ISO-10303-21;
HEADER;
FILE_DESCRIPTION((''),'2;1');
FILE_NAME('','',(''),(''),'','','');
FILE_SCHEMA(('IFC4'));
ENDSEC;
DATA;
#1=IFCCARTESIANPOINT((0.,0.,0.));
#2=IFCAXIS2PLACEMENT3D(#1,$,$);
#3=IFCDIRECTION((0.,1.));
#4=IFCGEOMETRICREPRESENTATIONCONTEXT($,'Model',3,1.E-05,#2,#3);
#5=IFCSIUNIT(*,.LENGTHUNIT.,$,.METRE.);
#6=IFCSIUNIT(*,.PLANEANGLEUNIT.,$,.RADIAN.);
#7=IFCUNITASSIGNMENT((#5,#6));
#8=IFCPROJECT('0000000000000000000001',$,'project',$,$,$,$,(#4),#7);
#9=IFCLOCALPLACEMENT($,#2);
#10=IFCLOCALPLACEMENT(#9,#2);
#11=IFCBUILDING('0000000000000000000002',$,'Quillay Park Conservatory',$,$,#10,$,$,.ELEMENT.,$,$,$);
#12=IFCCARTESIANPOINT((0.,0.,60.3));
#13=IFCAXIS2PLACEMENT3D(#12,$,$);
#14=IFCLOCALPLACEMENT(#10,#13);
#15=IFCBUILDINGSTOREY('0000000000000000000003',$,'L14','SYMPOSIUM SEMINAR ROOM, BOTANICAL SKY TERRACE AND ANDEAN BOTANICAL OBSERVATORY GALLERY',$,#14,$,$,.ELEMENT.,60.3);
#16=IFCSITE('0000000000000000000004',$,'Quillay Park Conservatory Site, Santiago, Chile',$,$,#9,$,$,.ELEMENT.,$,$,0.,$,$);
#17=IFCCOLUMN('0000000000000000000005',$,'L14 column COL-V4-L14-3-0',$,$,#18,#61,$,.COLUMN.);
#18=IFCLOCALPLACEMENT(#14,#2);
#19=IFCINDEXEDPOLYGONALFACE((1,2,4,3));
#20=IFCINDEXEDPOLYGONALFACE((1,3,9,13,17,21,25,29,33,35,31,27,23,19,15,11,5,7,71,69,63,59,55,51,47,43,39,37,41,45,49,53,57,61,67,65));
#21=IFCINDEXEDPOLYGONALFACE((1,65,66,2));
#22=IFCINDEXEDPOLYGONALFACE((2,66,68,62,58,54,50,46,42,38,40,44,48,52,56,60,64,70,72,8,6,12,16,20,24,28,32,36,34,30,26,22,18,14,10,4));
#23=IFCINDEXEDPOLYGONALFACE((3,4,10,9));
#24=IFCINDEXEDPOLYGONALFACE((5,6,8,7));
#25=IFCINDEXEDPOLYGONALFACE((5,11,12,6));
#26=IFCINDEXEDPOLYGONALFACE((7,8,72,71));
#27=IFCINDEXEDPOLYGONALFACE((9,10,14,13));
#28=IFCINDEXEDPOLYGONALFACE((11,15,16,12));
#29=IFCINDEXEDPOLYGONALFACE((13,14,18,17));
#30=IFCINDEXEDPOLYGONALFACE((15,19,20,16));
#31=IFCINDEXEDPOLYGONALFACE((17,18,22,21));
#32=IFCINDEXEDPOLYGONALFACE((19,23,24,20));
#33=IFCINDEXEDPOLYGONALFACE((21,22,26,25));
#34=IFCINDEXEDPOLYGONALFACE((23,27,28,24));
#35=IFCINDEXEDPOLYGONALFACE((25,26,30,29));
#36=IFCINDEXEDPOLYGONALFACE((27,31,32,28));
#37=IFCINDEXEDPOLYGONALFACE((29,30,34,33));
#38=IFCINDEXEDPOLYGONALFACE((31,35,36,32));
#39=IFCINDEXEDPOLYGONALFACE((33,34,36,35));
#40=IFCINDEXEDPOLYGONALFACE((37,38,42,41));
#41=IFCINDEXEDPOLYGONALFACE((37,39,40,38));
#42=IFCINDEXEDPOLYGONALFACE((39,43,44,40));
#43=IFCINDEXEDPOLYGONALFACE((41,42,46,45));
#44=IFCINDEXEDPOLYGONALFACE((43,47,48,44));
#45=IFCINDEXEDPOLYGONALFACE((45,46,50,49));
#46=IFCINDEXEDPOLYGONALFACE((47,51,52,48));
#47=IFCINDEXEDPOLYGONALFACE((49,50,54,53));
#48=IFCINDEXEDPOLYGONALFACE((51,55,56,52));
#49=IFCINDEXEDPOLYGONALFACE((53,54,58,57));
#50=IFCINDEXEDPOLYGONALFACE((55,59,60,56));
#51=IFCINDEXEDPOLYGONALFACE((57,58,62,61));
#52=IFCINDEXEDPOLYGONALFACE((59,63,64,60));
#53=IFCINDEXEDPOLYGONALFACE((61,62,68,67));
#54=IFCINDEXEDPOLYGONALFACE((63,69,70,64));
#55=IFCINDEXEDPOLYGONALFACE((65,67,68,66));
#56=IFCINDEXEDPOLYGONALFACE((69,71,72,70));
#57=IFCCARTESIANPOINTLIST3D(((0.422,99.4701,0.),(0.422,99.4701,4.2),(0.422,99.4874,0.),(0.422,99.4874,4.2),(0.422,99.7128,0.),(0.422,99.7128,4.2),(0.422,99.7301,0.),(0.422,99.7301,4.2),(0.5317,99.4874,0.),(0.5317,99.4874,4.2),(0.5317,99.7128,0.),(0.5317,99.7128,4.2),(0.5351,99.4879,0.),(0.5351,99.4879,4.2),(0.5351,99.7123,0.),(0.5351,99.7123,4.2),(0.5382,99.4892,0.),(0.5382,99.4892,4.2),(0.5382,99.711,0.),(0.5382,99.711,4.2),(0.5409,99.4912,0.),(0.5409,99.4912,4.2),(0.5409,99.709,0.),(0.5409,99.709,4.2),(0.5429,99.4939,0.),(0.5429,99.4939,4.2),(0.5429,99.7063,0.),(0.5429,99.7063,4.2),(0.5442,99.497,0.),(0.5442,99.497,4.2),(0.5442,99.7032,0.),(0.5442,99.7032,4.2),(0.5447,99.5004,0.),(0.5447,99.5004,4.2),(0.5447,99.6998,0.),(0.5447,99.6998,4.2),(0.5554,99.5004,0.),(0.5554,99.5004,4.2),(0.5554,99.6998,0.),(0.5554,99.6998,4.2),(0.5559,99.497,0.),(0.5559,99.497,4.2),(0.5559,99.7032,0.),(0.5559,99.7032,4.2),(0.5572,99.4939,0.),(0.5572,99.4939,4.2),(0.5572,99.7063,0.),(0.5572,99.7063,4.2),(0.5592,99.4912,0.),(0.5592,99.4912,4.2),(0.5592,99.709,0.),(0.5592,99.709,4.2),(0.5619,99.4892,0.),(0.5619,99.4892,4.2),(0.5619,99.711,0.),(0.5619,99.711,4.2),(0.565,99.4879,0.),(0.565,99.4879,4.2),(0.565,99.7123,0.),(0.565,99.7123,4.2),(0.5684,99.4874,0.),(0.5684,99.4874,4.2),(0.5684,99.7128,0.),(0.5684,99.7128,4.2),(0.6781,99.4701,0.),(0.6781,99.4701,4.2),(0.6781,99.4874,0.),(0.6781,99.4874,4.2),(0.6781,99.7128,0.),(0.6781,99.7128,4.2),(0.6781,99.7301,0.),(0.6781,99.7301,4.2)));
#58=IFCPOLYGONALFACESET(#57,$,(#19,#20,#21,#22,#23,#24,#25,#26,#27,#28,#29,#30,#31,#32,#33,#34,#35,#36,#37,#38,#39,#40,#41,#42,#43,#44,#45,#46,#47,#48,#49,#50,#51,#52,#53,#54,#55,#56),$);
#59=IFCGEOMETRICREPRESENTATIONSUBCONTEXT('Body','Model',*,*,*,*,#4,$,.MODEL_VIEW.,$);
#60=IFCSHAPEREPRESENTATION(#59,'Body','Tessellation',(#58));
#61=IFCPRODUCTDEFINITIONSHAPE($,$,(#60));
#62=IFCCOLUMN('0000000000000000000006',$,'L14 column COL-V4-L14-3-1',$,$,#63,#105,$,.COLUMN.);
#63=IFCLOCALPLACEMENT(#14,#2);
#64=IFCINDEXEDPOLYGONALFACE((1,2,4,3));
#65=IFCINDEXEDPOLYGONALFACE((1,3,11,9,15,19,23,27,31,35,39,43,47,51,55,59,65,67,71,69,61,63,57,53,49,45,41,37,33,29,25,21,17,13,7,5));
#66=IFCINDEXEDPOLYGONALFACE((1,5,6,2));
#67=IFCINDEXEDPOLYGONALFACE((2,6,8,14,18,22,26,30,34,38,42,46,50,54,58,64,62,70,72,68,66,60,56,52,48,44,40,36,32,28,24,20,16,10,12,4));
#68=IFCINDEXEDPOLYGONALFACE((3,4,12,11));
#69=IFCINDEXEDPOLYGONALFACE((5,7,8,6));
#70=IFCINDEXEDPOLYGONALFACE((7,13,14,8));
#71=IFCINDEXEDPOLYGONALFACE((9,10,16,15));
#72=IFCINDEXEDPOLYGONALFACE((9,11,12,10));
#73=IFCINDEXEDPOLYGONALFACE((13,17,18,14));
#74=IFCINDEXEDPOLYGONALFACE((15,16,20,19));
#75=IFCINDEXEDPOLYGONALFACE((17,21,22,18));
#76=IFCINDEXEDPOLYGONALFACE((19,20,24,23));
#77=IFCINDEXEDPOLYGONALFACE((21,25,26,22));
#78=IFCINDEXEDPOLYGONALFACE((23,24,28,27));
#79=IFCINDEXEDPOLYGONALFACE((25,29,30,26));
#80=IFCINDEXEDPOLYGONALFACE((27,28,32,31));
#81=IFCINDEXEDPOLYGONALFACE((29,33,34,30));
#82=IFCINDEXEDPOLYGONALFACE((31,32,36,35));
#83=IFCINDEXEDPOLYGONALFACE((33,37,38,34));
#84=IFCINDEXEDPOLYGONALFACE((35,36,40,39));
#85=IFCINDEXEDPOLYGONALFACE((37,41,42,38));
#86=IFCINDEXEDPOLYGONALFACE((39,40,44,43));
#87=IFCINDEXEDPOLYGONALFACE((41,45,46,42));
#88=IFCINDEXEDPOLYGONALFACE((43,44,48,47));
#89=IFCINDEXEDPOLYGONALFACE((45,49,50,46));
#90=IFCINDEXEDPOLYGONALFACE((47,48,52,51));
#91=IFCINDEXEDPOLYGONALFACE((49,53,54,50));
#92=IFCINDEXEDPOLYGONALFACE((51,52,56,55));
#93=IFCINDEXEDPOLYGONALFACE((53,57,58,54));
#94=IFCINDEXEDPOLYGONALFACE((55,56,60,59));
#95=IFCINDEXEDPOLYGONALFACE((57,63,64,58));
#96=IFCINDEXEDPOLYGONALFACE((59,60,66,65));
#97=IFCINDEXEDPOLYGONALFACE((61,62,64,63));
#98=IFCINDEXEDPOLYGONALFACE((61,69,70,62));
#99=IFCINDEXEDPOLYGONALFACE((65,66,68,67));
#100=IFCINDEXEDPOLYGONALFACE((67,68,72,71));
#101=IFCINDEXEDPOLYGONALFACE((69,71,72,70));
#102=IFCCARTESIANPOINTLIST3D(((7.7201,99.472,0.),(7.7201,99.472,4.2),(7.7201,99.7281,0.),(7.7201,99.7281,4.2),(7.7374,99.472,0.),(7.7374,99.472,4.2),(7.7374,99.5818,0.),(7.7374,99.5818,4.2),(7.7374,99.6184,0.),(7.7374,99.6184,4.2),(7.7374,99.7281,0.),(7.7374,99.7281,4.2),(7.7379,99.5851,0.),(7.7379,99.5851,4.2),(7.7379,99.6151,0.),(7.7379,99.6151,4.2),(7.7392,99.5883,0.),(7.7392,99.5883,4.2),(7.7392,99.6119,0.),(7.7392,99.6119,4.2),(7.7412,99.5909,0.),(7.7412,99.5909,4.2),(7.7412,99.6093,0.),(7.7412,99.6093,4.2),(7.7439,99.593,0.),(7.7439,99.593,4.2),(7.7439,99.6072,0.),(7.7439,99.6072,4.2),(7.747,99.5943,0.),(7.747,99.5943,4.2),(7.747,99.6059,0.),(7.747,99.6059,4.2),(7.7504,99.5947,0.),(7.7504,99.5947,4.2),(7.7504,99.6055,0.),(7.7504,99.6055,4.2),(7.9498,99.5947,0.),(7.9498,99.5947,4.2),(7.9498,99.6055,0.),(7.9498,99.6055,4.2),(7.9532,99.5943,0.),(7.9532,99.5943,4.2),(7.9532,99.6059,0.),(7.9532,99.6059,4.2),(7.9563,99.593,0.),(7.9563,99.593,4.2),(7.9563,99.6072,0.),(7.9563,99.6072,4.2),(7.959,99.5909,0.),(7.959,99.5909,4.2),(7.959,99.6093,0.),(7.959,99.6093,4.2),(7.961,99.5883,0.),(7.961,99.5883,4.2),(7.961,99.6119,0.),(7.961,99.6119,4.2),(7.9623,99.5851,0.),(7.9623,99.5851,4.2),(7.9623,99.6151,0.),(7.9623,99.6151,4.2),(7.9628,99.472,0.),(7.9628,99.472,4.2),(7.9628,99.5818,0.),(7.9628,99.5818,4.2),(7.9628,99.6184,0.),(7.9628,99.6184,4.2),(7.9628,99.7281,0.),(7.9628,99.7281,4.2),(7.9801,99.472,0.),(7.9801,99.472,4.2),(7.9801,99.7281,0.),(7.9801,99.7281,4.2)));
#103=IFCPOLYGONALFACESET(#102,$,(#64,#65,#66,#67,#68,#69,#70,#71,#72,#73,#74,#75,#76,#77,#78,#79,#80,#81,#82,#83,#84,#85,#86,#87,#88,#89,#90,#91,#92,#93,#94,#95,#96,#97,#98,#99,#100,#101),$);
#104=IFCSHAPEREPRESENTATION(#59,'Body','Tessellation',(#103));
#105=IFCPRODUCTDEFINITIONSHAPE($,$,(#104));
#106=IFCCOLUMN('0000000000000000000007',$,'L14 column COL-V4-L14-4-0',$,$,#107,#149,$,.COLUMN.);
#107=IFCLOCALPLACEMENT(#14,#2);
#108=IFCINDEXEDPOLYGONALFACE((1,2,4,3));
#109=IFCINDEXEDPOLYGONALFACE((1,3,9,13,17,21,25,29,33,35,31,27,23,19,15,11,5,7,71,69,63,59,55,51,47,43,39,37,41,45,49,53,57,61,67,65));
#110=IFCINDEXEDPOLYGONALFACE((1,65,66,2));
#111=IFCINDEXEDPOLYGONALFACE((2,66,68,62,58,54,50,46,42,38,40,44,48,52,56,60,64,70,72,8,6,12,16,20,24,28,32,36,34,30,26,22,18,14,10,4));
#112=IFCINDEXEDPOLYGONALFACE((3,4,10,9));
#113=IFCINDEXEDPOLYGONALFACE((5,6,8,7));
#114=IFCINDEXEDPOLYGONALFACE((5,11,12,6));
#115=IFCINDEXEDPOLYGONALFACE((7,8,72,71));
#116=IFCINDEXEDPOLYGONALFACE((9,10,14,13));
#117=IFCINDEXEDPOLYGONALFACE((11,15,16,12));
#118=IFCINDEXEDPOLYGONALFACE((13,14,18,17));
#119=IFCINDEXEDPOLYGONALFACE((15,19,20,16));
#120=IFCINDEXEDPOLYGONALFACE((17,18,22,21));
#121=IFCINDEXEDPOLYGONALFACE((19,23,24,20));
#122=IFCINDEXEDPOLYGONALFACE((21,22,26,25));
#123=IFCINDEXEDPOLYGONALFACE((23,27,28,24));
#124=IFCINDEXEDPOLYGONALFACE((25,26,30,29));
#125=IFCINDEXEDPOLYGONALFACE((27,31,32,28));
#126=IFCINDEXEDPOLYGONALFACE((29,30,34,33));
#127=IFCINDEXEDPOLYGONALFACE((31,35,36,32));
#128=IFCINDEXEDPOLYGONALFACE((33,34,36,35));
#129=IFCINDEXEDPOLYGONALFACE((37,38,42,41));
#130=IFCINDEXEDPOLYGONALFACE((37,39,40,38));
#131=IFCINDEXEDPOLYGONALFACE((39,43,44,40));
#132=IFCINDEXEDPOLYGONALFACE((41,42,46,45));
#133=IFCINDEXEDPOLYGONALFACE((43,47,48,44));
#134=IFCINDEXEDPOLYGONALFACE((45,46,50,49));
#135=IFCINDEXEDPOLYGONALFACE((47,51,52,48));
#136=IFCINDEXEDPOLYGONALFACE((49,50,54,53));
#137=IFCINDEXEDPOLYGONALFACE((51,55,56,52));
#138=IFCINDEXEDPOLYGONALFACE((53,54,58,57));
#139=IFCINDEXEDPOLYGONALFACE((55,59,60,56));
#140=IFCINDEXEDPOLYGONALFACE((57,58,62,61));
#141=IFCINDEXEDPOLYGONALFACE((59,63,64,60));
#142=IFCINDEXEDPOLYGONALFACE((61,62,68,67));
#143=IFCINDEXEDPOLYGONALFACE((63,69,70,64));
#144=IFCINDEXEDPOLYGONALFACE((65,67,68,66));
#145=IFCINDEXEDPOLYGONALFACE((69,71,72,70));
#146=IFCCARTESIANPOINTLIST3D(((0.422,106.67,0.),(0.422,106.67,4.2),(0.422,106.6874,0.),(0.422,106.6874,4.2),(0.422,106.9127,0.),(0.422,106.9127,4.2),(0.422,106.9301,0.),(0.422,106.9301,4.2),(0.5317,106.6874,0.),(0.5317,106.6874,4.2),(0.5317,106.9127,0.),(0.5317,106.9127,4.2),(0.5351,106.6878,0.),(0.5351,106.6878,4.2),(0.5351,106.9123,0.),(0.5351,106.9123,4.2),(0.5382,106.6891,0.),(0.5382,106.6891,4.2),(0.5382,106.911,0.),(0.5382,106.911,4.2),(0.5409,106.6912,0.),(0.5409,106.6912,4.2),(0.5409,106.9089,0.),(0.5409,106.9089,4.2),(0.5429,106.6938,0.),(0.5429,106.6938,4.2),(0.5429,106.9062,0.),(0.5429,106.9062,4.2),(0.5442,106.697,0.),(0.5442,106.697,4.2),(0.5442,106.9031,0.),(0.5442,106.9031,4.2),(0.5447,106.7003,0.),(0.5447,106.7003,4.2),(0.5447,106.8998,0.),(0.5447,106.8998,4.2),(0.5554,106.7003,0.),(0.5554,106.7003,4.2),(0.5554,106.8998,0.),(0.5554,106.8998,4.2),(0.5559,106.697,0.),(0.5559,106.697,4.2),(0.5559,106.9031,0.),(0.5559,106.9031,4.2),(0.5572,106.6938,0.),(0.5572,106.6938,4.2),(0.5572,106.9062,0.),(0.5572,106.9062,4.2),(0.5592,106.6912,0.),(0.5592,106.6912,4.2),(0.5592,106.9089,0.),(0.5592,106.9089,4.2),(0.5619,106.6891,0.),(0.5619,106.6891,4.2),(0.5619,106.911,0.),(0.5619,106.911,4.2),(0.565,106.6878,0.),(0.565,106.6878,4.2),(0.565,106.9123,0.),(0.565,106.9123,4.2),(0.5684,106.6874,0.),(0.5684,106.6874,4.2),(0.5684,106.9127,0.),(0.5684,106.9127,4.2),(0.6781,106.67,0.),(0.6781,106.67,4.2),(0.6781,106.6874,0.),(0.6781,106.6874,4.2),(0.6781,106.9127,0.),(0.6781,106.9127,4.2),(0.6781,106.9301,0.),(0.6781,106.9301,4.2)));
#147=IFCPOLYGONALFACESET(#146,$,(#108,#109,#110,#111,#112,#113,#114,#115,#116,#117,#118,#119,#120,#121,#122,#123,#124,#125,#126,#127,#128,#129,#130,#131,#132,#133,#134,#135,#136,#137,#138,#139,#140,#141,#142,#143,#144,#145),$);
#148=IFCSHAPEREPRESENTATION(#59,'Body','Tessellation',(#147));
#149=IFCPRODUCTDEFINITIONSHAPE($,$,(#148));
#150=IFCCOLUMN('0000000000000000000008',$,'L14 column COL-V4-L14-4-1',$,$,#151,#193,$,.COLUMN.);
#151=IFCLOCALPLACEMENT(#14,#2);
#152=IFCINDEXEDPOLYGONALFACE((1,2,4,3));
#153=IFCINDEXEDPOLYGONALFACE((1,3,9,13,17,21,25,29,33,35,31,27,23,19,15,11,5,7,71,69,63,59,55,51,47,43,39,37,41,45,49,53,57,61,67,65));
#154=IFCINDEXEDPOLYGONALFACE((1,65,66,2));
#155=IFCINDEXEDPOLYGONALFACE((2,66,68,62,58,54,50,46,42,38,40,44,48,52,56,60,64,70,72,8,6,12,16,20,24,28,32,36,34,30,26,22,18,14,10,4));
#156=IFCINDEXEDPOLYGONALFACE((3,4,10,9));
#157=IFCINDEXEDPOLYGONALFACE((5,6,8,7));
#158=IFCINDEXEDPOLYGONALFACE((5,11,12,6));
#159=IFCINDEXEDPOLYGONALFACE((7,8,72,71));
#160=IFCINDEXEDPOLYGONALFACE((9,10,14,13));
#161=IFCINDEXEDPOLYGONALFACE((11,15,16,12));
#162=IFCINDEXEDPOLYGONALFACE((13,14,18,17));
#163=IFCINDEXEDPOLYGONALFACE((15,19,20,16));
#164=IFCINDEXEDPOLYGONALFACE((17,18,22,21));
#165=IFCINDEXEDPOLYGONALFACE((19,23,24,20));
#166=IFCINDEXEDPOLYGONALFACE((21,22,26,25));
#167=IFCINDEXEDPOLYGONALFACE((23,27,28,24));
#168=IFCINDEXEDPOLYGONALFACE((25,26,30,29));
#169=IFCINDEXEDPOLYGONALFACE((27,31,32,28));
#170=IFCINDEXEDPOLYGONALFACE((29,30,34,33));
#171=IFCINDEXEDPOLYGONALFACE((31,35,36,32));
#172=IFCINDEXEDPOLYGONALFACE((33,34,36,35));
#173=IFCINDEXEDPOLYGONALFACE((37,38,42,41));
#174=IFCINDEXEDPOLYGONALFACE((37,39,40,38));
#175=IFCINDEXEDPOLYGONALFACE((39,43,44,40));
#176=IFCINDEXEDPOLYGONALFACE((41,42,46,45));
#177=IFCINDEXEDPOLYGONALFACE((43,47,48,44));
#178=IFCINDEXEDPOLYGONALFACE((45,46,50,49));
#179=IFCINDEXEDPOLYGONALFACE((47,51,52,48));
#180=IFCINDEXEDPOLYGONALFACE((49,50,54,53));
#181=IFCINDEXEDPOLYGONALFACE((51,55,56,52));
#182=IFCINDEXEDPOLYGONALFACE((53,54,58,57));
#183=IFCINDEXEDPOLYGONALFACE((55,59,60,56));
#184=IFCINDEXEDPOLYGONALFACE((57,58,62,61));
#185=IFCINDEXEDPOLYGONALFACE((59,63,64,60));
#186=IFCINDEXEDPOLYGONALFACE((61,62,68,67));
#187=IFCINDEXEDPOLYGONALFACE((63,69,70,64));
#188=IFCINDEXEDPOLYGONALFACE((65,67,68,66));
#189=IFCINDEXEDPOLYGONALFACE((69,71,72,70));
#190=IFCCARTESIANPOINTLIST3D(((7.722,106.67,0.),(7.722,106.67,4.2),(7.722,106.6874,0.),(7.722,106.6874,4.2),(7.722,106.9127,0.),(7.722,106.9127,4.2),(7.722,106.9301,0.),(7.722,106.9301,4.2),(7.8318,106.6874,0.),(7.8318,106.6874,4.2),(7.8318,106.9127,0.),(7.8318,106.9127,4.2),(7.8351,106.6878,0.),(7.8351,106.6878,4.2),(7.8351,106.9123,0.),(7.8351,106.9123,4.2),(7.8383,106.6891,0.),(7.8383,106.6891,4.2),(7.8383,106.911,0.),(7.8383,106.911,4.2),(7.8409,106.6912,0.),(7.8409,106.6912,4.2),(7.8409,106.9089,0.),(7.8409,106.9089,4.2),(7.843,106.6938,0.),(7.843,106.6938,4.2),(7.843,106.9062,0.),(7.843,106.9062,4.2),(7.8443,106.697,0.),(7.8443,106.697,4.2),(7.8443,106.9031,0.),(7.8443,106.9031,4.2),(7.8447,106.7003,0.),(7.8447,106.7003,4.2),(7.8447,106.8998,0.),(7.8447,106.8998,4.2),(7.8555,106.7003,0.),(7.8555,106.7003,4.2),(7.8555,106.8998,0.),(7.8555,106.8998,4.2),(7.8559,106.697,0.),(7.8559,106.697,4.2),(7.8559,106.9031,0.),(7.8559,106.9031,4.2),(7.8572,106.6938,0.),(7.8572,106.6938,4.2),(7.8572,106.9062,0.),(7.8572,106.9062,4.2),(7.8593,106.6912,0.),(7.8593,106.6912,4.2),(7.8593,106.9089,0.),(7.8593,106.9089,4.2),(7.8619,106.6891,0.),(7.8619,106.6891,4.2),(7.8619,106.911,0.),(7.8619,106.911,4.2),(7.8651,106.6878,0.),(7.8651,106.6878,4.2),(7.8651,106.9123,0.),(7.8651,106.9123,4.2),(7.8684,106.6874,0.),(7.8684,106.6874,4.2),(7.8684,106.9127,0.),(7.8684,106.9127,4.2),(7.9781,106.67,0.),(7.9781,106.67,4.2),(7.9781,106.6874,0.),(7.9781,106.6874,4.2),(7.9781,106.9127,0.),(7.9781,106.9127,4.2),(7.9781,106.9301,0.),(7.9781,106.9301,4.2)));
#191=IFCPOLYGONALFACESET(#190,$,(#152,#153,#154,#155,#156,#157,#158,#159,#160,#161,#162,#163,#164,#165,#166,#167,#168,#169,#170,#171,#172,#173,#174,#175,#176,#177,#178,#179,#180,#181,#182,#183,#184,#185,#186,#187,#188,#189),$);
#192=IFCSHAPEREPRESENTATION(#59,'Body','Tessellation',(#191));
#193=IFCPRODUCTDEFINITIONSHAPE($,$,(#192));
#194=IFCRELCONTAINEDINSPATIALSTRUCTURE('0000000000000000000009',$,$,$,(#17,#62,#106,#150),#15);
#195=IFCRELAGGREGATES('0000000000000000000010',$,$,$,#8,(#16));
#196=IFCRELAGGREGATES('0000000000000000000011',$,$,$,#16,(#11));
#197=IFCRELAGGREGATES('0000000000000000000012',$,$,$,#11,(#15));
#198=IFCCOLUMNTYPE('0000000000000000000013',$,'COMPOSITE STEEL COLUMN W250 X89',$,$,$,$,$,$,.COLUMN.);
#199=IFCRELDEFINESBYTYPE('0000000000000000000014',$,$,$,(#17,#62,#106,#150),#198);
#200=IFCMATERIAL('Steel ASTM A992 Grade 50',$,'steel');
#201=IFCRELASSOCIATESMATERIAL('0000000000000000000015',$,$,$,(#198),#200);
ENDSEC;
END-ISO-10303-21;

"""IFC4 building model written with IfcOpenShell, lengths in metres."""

from ifc_helpers import new_model, si_unit, direction, frame, origin, origin_2d, place, context, subcontext, project, spatial, i_section, extrude, material, material_profile, profile_set, type_object, element, save


model = new_model("IFC4")

# Units and contexts
model_context = context("Model", 3, precision=1e-05, world=origin(), true_north=direction((0.0, 1.0)))
body_context = subcontext(model_context, "Body", "Model", "MODEL_VIEW")
ifc_project = project(units=[si_unit("LENGTHUNIT", "METRE"), si_unit("PLANEANGLEUNIT", "RADIAN")], contexts=[model_context])

# Site, building, storey
site_placement = place(None, origin())
site = spatial("IfcSite", under=ifc_project, at=site_placement, Name="Quillay Park Conservatory Site, Santiago, Chile", CompositionType="ELEMENT", RefElevation=0.0)
building_placement = place(site_placement, origin())
building = spatial("IfcBuilding", under=site, at=building_placement, Name="Quillay Park Conservatory", CompositionType="ELEMENT")
storey_placement = place(building_placement, frame((0.0, 0.0, 60.3)))
storey = spatial("IfcBuildingStorey", under=building, at=storey_placement, Name="L14", Description="SYMPOSIUM SEMINAR ROOM, BOTANICAL SKY TERRACE AND ANDEAN BOTANICAL OBSERVATORY GALLERY", CompositionType="ELEMENT", Elevation=60.3)

# Columns
ifc_material_1 = material(Name="Steel ASTM A992 Grade 50", Category="steel")
ifc_material_profile_1 = material_profile(ifc_material_1, i_section(OverallWidth=0.2561, OverallDepth=0.26, WebThickness=0.0107, FlangeThickness=0.0173, FilletRadius=0.0129, at=origin_2d()), Name="W250x89")
ifc_profile_set_1 = profile_set([ifc_material_profile_1], Name="Steel ASTM A992 Grade 50")
column_type = type_object("IfcColumnType", Name="COMPOSITE STEEL COLUMN W250 X89", PredefinedType="COLUMN", material=ifc_profile_set_1)
for number, where, z_axis, x_axis, name in (
    (1, (0.55, 99.6001, 0.0), (0.0, 0.0, 1.0), (1.0, 0.0, 0.0), "L14 column COL-V4-L14-3-0"),
    (2, (7.8501, 99.6001, 0.0), (0.0, 0.0, 1.0), (0.0, 1.0, 0.0), "L14 column COL-V4-L14-3-1"),
    (3, (0.55, 106.8, 0.0), (0.0, 0.0, 1.0), (1.0, 0.0, 0.0), "L14 column COL-V4-L14-4-0"),
    (4, (7.8501, 106.8, 0.0), (0.0, 0.0, 1.0), (1.0, 0.0, 0.0), "L14 column COL-V4-L14-4-1"),
):
    element("IfcColumn", number, at=place(storey_placement, frame(where, z_axis=z_axis, x_axis=x_axis)), inside=storey, type_object=column_type, Name=name, PredefinedType="COLUMN", context=body_context, shape_type="SweptSolid", body=[
        extrude(i_section(OverallWidth=0.2561, OverallDepth=0.26, WebThickness=0.0107, FlangeThickness=0.0173, FilletRadius=0.0129, at=origin_2d()), origin(), (0.0, 0.0, 1.0), 4.2),
    ])

save(model, "model.ifc")
